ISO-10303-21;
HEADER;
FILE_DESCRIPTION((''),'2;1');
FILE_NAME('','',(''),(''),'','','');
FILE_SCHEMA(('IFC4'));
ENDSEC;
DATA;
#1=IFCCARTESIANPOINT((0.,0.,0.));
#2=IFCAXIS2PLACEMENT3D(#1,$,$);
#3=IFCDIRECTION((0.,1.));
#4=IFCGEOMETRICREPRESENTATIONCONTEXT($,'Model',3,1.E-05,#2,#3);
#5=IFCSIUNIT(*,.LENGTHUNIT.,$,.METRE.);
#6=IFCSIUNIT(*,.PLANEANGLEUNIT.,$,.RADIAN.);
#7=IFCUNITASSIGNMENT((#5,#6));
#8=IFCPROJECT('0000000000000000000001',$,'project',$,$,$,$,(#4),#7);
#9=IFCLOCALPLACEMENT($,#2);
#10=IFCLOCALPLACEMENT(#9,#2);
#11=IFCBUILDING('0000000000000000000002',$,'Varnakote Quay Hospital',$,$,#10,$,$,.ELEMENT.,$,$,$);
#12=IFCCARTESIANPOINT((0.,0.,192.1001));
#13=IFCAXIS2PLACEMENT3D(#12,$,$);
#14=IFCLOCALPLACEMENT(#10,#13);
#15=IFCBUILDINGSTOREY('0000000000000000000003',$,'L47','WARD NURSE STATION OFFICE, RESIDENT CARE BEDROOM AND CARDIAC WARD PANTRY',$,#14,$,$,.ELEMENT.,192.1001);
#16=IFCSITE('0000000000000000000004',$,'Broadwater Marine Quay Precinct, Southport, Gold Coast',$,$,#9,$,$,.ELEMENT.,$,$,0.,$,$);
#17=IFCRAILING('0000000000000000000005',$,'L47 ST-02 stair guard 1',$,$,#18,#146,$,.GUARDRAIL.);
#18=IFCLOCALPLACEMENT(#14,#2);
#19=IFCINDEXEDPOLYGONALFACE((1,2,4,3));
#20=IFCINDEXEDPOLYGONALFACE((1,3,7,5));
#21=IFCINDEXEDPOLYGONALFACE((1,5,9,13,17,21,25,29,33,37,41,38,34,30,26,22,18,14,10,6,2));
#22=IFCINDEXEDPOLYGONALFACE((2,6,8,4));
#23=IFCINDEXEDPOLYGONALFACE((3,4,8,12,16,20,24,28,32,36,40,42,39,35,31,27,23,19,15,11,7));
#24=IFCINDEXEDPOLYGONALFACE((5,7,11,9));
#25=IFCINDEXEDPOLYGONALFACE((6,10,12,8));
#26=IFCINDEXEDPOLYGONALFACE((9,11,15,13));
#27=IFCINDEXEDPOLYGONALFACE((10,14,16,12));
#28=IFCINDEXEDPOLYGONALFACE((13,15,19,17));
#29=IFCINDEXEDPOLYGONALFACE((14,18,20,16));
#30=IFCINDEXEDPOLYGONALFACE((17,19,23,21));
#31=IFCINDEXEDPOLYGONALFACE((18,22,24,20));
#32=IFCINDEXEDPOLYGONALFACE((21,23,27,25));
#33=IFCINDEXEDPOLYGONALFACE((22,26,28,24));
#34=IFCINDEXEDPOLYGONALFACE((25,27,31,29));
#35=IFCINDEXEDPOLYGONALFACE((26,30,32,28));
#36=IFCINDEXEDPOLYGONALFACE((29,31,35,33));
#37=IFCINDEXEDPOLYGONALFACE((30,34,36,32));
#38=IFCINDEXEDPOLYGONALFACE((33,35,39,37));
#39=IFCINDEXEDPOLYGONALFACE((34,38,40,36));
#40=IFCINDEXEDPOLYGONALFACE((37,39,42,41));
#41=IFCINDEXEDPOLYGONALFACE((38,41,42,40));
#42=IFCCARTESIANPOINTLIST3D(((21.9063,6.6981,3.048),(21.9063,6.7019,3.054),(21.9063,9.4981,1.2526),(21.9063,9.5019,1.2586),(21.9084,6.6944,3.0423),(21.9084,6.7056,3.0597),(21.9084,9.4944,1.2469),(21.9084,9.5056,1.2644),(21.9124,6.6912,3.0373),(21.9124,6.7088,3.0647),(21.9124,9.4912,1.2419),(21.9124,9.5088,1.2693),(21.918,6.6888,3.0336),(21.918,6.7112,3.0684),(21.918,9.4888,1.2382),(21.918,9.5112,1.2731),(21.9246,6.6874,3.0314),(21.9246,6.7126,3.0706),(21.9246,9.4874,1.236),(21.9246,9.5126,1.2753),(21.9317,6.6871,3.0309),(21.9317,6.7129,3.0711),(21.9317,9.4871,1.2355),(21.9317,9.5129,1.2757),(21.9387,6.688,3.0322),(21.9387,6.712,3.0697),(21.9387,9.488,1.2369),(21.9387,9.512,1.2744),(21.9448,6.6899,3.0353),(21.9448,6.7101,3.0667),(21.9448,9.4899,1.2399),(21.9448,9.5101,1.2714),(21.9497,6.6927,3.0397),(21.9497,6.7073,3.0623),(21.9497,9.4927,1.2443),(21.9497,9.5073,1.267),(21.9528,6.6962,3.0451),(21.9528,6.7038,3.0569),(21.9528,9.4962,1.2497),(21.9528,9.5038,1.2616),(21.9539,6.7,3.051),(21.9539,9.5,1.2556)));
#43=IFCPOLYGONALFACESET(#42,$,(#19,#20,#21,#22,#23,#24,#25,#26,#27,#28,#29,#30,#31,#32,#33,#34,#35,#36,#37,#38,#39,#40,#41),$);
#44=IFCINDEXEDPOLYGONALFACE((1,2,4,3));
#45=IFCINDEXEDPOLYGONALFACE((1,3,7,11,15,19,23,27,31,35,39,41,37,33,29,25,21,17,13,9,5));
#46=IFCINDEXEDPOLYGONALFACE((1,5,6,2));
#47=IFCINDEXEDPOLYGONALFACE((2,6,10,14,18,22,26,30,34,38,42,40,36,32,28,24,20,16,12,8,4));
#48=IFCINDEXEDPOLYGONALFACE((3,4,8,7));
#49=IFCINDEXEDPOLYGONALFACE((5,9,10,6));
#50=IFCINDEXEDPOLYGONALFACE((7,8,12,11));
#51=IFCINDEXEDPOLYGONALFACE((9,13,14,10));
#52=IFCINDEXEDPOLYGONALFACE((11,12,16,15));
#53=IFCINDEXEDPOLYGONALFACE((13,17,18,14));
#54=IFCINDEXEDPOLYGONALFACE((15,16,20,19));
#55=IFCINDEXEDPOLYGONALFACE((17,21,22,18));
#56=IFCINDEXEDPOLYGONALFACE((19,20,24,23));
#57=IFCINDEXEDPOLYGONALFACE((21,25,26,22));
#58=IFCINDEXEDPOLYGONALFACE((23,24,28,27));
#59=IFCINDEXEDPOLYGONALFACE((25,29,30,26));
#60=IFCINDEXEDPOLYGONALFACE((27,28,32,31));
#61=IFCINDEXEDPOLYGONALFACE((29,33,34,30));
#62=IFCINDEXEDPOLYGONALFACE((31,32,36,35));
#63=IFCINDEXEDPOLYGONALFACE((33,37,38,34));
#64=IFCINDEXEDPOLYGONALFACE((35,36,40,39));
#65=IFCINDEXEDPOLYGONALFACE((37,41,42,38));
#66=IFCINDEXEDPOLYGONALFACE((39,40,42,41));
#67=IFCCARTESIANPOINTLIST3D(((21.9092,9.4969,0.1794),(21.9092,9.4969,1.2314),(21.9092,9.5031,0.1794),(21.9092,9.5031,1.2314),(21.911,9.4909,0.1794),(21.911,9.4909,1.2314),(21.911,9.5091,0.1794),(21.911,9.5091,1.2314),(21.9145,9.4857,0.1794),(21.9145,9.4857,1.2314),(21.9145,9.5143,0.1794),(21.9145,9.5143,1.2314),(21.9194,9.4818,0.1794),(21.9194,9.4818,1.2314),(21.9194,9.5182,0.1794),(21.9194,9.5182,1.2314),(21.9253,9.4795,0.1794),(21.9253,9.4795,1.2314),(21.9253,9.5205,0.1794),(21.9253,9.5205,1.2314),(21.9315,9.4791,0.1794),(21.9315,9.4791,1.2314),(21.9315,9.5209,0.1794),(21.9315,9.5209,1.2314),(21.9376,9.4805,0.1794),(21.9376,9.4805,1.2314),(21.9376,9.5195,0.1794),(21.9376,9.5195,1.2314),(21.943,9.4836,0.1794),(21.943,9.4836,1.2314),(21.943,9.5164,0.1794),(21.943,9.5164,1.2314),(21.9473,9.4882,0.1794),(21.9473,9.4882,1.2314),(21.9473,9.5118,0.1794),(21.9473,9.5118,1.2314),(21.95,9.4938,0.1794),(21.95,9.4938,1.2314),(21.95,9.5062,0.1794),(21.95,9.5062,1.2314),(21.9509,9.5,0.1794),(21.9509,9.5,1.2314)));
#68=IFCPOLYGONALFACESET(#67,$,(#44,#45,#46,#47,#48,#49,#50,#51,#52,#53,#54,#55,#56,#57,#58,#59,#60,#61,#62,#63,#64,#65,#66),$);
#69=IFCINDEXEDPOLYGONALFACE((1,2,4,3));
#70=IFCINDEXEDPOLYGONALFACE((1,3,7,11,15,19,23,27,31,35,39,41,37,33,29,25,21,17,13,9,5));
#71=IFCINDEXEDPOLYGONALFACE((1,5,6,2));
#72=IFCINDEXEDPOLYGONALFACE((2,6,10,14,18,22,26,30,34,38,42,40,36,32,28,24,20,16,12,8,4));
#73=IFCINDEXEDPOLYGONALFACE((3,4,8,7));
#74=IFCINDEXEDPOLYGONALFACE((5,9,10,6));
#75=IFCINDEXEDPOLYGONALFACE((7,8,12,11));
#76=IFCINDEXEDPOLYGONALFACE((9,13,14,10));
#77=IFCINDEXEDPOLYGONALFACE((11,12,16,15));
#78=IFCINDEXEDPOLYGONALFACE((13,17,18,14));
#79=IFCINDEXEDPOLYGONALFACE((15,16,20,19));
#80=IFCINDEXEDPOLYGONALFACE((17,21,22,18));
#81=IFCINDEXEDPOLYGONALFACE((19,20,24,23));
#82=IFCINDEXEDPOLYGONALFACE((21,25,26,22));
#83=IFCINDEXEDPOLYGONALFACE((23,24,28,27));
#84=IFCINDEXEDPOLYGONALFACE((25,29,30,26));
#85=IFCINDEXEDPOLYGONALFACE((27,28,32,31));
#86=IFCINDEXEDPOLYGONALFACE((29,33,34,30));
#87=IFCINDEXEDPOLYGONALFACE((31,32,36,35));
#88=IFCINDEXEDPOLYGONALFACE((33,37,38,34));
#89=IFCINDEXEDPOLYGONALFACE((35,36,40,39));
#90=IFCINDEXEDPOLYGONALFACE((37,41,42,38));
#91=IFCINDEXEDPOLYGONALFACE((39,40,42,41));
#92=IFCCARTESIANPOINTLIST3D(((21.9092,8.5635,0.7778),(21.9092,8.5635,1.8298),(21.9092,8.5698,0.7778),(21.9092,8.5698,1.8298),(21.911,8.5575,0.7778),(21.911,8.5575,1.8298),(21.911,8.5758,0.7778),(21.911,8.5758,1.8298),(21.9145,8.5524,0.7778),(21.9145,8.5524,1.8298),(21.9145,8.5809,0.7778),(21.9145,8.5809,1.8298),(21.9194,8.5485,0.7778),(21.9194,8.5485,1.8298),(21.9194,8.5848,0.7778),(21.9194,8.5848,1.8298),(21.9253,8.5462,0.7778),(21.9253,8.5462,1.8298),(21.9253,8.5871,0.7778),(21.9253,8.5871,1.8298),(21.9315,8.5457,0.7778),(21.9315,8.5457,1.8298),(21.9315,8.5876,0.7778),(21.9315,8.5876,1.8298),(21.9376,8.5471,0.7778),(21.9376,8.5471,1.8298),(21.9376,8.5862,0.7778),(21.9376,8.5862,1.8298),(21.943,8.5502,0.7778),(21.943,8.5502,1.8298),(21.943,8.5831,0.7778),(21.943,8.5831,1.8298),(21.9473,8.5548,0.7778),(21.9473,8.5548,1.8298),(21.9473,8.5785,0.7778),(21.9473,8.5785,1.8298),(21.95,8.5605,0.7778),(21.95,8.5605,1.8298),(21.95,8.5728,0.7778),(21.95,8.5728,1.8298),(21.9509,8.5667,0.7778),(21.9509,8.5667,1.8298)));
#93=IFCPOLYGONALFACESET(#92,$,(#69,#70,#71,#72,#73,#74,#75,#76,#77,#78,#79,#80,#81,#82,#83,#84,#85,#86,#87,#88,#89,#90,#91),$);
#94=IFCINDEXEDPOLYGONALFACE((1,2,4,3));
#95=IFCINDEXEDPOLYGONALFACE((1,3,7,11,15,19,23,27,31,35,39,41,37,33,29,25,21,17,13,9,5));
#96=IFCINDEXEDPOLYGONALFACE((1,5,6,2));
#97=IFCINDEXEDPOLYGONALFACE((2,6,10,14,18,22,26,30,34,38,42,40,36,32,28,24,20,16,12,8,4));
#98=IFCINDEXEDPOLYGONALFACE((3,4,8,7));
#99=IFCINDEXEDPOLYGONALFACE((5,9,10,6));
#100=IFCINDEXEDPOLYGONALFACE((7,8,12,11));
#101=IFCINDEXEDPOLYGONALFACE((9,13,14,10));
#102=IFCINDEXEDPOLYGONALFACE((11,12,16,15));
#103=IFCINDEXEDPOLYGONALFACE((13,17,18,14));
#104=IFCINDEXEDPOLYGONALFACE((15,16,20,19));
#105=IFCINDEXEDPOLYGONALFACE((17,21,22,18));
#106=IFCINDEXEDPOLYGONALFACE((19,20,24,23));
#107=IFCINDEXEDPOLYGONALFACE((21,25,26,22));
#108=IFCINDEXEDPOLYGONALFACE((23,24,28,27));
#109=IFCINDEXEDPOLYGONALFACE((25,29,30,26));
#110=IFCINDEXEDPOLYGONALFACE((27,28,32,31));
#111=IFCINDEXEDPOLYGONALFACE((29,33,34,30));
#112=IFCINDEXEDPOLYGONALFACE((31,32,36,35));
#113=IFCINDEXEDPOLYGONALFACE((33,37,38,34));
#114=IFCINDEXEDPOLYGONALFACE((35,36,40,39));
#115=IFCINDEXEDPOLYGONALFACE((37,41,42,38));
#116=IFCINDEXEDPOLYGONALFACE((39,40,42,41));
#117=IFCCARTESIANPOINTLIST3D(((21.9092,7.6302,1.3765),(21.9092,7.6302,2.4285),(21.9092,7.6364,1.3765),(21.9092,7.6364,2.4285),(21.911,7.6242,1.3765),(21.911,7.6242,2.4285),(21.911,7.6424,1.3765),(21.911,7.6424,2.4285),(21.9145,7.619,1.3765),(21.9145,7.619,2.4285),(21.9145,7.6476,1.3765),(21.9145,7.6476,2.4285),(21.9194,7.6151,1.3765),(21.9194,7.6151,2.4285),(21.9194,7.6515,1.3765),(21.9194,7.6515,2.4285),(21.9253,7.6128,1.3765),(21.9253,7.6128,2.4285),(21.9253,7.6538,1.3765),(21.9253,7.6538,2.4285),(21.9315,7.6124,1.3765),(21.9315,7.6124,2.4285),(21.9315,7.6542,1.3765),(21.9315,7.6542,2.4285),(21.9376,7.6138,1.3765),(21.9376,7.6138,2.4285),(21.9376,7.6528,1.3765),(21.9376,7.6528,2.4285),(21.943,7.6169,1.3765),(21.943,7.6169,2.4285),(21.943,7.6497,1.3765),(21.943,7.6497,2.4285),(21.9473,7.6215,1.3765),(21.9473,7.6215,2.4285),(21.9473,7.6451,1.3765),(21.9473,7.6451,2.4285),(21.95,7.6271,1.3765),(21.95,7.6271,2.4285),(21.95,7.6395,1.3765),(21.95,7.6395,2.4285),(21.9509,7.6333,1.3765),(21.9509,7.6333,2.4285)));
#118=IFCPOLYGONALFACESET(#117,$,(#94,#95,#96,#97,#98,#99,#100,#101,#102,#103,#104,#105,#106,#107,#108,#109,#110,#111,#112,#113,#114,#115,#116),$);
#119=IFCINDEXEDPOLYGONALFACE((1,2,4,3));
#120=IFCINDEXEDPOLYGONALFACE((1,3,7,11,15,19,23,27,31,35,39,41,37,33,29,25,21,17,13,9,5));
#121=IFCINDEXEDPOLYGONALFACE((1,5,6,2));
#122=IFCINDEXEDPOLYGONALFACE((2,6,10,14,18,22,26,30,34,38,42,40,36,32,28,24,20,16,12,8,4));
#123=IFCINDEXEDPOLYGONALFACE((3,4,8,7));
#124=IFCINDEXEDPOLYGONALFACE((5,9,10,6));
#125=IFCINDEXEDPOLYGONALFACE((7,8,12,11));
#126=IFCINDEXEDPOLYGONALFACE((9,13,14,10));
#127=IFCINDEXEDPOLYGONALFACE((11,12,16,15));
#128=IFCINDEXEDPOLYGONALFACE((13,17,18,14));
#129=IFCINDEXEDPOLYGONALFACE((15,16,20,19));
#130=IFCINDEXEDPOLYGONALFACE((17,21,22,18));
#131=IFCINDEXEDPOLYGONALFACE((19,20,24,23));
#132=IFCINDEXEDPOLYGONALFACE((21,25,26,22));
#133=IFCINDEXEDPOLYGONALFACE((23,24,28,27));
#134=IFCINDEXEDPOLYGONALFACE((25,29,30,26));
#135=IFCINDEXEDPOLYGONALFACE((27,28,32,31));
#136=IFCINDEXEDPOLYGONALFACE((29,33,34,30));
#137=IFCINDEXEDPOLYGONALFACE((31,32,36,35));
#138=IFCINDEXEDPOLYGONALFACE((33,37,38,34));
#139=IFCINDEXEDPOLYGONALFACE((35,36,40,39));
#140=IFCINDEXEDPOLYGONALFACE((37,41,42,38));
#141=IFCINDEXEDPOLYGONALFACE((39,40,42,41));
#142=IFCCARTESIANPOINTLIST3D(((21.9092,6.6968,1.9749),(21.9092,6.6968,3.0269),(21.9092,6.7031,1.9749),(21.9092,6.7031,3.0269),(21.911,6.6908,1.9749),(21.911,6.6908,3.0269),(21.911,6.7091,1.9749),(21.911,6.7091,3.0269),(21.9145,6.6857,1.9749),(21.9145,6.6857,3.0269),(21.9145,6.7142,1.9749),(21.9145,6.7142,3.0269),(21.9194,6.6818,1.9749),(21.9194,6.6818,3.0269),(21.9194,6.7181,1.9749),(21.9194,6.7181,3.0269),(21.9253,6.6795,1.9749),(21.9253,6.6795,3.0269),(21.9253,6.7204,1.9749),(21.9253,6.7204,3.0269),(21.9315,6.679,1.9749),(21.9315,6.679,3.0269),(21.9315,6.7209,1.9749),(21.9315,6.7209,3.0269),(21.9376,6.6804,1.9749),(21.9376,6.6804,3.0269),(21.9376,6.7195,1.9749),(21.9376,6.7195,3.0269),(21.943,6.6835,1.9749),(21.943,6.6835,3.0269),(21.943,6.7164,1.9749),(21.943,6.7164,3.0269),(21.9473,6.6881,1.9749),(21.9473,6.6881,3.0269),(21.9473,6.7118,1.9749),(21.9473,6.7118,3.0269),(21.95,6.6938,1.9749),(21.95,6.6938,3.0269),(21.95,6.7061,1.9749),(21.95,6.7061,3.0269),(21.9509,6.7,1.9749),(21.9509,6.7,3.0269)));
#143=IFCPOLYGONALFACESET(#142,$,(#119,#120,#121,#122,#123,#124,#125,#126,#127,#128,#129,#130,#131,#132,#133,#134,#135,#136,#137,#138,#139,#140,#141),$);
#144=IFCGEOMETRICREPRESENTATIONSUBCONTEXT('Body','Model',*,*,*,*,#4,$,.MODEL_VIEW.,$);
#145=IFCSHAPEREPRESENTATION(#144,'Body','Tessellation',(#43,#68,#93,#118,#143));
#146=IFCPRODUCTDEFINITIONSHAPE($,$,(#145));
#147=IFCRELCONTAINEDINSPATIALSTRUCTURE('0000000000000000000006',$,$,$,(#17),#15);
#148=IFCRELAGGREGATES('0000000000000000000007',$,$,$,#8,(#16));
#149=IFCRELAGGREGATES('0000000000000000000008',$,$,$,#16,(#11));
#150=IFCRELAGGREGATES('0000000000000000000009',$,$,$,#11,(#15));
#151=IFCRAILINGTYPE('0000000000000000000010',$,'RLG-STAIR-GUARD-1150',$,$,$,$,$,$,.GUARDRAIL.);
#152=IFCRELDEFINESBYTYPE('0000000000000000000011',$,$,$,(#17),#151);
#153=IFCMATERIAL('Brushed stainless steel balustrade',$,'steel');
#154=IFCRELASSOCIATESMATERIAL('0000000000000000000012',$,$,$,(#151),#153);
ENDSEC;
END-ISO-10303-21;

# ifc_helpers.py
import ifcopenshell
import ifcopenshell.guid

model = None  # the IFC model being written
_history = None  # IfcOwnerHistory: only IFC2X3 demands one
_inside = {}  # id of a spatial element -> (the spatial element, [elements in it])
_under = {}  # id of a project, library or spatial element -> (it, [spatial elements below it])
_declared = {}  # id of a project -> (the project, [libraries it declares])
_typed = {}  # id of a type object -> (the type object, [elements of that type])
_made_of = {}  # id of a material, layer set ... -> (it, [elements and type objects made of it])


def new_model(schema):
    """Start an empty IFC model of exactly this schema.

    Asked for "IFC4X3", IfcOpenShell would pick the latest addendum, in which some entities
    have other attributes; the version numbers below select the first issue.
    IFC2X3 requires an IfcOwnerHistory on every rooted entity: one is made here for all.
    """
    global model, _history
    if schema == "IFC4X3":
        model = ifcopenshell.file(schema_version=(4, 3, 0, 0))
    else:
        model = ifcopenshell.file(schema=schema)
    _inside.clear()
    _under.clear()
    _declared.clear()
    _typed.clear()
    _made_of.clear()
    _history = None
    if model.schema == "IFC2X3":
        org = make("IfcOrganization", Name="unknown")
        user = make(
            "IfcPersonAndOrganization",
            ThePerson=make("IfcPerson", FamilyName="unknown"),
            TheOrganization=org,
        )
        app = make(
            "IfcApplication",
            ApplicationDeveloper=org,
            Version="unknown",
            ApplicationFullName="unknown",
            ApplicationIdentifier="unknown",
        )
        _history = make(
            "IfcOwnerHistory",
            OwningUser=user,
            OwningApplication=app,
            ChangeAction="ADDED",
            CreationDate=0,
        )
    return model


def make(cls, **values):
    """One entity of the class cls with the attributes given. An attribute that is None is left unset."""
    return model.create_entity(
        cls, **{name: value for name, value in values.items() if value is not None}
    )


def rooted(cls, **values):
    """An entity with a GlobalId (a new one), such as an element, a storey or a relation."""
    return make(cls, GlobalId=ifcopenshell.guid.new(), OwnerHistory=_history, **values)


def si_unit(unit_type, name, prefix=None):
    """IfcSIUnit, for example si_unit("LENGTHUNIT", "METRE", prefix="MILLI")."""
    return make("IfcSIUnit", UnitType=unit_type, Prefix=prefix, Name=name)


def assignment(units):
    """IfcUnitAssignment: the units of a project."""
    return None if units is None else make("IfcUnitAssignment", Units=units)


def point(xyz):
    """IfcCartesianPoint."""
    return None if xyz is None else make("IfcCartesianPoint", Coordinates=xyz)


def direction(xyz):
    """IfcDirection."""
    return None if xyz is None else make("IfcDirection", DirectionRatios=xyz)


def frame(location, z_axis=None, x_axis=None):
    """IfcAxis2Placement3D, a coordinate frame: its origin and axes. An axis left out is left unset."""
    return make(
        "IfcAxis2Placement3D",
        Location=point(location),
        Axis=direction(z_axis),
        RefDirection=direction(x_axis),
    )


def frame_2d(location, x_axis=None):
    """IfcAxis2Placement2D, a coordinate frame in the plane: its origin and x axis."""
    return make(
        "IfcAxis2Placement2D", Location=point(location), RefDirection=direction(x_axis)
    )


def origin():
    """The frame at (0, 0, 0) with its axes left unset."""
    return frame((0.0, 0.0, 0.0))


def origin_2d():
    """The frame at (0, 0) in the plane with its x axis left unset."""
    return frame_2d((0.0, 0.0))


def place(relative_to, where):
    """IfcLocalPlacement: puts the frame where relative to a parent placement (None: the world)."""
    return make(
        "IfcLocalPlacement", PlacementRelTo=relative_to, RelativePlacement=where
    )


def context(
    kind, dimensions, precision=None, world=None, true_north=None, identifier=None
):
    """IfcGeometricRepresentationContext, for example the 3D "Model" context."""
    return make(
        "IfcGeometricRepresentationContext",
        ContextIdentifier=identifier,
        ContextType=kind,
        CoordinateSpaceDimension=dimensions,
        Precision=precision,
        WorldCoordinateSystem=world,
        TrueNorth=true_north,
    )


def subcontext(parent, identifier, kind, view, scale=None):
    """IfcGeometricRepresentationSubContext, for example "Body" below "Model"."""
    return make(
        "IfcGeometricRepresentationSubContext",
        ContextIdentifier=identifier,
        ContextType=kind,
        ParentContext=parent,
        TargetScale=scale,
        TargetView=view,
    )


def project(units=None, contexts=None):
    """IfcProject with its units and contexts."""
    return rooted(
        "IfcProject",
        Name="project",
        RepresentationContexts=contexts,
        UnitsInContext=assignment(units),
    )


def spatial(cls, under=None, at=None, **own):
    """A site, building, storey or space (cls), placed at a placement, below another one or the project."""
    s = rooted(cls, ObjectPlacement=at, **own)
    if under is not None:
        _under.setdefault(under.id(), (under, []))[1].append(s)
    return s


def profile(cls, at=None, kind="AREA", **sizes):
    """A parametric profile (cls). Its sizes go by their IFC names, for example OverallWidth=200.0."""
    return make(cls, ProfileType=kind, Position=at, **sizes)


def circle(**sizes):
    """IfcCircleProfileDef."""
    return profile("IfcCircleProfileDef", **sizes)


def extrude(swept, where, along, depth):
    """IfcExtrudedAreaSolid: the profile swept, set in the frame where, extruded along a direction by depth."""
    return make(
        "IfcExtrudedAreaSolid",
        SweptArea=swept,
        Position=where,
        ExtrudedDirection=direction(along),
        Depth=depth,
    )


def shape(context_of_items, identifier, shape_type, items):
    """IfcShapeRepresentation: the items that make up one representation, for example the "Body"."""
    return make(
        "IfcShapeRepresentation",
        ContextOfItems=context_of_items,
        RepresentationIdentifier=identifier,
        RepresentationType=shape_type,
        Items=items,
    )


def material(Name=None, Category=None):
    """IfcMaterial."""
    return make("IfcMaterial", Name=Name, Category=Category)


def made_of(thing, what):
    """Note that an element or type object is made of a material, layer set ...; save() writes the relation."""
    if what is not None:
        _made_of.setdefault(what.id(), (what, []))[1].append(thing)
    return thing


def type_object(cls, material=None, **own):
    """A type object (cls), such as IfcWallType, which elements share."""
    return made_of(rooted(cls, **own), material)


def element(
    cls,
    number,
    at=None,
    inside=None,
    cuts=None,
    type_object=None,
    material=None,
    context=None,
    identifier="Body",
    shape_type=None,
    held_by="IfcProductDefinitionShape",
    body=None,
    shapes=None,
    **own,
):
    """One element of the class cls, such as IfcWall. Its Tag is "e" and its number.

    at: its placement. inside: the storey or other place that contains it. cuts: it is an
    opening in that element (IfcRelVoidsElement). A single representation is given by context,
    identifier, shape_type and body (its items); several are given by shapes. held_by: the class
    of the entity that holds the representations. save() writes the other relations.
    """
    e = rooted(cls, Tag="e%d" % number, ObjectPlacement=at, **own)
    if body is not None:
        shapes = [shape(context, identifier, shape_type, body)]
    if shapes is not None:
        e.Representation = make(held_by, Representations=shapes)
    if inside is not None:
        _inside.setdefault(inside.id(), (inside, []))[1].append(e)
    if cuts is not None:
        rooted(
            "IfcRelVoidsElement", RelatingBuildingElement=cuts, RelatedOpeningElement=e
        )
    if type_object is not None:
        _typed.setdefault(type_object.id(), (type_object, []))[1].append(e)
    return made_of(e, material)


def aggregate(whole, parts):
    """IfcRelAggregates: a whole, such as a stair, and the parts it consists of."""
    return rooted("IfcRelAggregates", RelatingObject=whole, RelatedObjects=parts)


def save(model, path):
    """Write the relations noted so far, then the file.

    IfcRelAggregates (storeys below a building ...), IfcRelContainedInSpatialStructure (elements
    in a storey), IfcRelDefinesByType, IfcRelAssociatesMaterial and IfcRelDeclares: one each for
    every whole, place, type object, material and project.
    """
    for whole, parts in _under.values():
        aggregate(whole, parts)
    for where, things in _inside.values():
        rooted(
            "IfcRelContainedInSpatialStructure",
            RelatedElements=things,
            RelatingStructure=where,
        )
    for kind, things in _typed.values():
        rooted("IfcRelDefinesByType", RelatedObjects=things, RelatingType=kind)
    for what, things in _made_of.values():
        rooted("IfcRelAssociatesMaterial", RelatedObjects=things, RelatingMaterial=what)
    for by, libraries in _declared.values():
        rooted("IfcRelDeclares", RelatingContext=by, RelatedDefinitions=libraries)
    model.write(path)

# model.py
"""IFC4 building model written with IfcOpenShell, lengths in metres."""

from ifc_helpers import new_model, si_unit, direction, frame, origin, origin_2d, place, context, subcontext, project, spatial, circle, extrude, material, type_object, element, save


model = new_model("IFC4")

# Units and contexts
model_context = context("Model", 3, precision=1e-05, world=origin(), true_north=direction((0.0, 1.0)))
body_context = subcontext(model_context, "Body", "Model", "MODEL_VIEW")
ifc_project = project(units=[si_unit("LENGTHUNIT", "METRE"), si_unit("PLANEANGLEUNIT", "RADIAN")], contexts=[model_context])

# Site, building, storey
site_placement = place(None, origin())
site = spatial("IfcSite", under=ifc_project, at=site_placement, Name="Broadwater Marine Quay Precinct, Southport, Gold Coast", CompositionType="ELEMENT", RefElevation=0.0)
building_placement = place(site_placement, origin())
building = spatial("IfcBuilding", under=site, at=building_placement, Name="Varnakote Quay Hospital", CompositionType="ELEMENT")
storey_placement = place(building_placement, frame((0.0, 0.0, 192.1001)))
storey = spatial("IfcBuildingStorey", under=building, at=storey_placement, Name="L47", Description="WARD NURSE STATION OFFICE, RESIDENT CARE BEDROOM AND CARDIAC WARD PANTRY", CompositionType="ELEMENT", Elevation=192.1001)

# Railing
ifc_material_1 = material(Name="Brushed stainless steel balustrade", Category="steel")
railing_type_1 = type_object("IfcRailingType", Name="RLG-STAIR-GUARD-1150", PredefinedType="GUARDRAIL", material=ifc_material_1)
railing_1_placement = place(storey_placement, frame((21.9299, 9.5, 0.1794)))
element("IfcRailing", 1, at=railing_1_placement, inside=storey, type_object=railing_type_1, Name="L47 ST-02 stair guard 1", PredefinedType="GUARDRAIL", context=body_context, shape_type="SweptSolid", body=[
    extrude(circle(Radius=0.0239, at=origin_2d()), frame((0.0, 0.0, 1.0762), z_axis=(0.0, -0.84181, 0.539774), x_axis=(1.0, 0.0, 0.0)), (0.0, 0.0, 1.0), 3.3262),
    extrude(circle(Radius=0.021, at=origin_2d()), origin(), (0.0, 0.0, 1.0), 1.052),
    extrude(circle(Radius=0.021, at=origin_2d()), frame((0.0, -0.9333, 0.5984)), (0.0, 0.0, 1.0), 1.052),
    extrude(circle(Radius=0.021, at=origin_2d()), frame((0.0, -1.8667, 1.197)), (0.0, 0.0, 1.0), 1.052),
    extrude(circle(Radius=0.021, at=origin_2d()), frame((0.0, -2.8, 1.7954)), (0.0, 0.0, 1.0), 1.052),
])

save(model, "model.ifc")
